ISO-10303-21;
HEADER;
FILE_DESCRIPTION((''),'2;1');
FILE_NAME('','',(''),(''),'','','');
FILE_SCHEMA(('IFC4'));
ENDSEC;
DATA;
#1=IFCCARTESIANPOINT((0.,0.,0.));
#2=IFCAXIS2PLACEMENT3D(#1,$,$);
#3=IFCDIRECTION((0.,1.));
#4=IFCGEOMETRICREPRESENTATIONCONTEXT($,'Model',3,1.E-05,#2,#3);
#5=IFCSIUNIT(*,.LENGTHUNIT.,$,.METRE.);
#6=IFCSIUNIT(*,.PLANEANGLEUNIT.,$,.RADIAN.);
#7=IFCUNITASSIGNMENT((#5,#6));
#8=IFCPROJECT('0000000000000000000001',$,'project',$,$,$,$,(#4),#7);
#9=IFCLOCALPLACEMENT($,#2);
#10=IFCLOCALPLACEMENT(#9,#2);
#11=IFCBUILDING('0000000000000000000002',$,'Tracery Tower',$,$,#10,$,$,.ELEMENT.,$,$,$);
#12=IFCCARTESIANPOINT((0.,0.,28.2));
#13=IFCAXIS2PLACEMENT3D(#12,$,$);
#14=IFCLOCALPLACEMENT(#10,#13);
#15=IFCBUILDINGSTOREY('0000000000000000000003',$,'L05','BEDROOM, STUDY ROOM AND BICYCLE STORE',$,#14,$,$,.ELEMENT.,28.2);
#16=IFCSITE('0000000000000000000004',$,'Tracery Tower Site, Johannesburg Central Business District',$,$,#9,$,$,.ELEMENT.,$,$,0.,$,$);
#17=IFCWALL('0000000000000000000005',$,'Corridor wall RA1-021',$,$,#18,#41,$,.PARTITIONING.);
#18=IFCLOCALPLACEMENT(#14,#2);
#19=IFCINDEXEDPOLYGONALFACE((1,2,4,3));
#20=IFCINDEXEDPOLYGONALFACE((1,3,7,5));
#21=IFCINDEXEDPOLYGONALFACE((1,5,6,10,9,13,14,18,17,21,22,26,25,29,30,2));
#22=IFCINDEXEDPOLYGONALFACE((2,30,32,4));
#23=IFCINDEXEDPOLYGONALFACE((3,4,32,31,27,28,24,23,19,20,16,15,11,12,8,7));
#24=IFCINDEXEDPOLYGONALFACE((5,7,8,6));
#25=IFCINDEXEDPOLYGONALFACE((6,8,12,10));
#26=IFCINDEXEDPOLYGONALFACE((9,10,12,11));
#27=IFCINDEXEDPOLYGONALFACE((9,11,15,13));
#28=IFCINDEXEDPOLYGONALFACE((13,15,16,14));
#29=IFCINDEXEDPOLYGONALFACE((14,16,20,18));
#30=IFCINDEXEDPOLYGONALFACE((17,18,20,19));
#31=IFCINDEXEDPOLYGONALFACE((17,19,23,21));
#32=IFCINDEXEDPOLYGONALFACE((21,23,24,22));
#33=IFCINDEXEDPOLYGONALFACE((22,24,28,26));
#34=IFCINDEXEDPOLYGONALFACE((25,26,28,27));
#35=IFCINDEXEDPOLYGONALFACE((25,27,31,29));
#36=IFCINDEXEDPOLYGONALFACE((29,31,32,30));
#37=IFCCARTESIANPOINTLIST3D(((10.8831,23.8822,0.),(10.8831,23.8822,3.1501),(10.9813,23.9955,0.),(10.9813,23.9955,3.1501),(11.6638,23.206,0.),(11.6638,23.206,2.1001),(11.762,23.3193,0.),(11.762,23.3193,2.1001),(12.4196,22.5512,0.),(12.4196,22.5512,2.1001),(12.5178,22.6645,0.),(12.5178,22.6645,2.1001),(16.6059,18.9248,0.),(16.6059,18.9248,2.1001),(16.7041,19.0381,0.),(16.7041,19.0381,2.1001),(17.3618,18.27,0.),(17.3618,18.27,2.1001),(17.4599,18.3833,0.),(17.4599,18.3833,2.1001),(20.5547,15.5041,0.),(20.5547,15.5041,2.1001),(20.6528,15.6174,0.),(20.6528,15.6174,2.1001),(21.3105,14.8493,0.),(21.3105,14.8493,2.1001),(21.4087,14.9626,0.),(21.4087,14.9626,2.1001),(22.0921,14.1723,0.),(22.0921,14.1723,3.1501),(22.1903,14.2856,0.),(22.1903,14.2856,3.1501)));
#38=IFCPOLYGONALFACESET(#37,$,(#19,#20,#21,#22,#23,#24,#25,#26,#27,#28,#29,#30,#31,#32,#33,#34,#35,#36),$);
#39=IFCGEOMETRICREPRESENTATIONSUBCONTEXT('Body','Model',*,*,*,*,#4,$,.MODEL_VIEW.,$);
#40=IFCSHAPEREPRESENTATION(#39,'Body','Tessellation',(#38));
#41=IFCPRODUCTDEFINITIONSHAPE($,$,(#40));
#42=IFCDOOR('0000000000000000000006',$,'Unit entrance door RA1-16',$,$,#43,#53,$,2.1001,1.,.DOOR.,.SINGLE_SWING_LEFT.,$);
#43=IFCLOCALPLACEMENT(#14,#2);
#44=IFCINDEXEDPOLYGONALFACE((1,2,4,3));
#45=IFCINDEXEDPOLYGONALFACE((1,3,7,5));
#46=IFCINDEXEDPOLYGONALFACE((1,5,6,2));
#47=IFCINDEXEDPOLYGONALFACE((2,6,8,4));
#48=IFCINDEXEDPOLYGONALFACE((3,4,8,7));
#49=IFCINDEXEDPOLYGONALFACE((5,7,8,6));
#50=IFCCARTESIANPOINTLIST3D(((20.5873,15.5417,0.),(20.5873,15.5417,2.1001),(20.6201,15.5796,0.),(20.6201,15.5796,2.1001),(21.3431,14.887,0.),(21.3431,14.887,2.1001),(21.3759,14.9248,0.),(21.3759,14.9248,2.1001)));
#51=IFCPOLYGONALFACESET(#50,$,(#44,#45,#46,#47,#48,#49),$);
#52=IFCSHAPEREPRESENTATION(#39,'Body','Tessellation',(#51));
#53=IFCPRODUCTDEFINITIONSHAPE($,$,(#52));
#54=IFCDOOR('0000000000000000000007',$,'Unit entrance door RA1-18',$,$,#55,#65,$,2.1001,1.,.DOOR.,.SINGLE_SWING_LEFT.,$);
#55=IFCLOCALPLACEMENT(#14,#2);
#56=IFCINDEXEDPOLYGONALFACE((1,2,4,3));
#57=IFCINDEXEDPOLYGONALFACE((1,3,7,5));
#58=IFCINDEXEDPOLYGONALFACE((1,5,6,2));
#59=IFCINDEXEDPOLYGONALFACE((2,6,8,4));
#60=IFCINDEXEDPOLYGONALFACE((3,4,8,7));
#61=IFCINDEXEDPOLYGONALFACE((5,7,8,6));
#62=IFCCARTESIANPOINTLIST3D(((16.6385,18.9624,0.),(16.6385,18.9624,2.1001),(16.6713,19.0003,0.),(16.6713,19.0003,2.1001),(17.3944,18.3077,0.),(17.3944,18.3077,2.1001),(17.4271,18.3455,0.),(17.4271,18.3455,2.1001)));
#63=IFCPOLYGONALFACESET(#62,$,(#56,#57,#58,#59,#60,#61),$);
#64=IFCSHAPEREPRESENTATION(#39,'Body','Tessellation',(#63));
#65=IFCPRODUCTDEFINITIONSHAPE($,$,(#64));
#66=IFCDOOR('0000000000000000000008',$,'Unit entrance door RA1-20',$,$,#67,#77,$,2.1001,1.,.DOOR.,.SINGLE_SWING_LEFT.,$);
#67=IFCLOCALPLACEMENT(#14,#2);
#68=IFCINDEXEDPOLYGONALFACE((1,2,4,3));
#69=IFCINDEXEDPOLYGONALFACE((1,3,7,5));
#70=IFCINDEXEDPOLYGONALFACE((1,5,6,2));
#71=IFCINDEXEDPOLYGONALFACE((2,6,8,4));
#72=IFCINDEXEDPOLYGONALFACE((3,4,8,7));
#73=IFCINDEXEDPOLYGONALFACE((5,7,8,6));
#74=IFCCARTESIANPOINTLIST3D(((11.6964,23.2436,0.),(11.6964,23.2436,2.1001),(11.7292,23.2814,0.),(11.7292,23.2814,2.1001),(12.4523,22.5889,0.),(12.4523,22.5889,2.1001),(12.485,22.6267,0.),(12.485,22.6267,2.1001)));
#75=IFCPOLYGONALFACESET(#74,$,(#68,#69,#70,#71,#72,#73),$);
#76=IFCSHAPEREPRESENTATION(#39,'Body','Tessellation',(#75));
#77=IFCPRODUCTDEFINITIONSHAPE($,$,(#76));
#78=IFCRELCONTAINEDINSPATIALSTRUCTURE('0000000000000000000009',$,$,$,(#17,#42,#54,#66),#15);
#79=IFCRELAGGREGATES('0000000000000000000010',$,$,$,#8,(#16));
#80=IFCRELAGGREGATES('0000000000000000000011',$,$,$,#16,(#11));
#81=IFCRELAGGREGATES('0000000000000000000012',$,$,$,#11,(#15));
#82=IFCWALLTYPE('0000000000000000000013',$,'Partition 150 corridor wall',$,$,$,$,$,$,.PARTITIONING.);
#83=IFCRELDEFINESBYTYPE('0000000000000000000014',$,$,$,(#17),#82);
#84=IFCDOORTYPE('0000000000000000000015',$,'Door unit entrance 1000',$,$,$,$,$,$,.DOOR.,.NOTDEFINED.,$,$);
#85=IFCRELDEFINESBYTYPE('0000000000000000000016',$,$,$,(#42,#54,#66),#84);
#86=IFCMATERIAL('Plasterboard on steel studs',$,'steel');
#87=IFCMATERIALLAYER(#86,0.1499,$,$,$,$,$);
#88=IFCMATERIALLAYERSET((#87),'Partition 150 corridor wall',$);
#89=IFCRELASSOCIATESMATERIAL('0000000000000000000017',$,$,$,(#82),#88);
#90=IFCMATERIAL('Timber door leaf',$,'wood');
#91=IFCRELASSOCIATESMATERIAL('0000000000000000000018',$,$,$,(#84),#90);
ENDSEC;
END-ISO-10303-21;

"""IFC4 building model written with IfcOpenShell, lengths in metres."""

from ifc_helpers import new_model, si_unit, direction, frame, frame_2d, origin, place, context, subcontext, project, spatial, rectangle, extrude, material, layer, layer_set, type_object, element, fill, save


model = new_model("IFC4")

# Units and contexts
model_context = context("Model", 3, precision=1e-05, world=origin(), true_north=direction((0.0, 1.0)))
body_context = subcontext(model_context, "Body", "Model", "MODEL_VIEW")
ifc_project = project(units=[si_unit("LENGTHUNIT", "METRE"), si_unit("PLANEANGLEUNIT", "RADIAN")], contexts=[model_context])

# Site, building, storey
site_placement = place(None, origin())
site = spatial("IfcSite", under=ifc_project, at=site_placement, Name="Tracery Tower Site, Johannesburg Central Business District", CompositionType="ELEMENT", RefElevation=0.0)
building_placement = place(site_placement, origin())
building = spatial("IfcBuilding", under=site, at=building_placement, Name="Tracery Tower", CompositionType="ELEMENT")
storey_placement = place(building_placement, frame((0.0, 0.0, 28.2)))
storey = spatial("IfcBuildingStorey", under=building, at=storey_placement, Name="L05", Description="BEDROOM, STUDY ROOM AND BICYCLE STORE", CompositionType="ELEMENT", Elevation=28.2)

# Wall, openings, doors
ifc_material_1 = material(Name="Plasterboard on steel studs", Category="steel")
ifc_layer_1 = layer(ifc_material_1, 0.1499)
ifc_layer_set_1 = layer_set([ifc_layer_1], Name="Partition 150 corridor wall")
wall_type_1 = type_object("IfcWallType", Name="Partition 150 corridor wall", PredefinedType="PARTITIONING", material=ifc_layer_set_1)
wall_1_placement = place(storey_placement, frame((10.9321, 23.939, 0.0), z_axis=(0.0, 0.0, 1.0), x_axis=(0.755839, -0.654758, 0.0)))
wall_1 = element("IfcWall", 1, at=wall_1_placement, inside=storey, type_object=wall_type_1, Name="Corridor wall RA1-021", PredefinedType="PARTITIONING", context=body_context, shape_type="SweptSolid", body=[
    extrude(rectangle(XDim=14.8298, YDim=0.1499, at=frame_2d((7.415, 0.0))), origin(), (0.0, 0.0, 1.0), 3.1501),
])
opening_1_placement = place(wall_1_placement, frame((12.7959, 0.0, 0.0)))
opening_1 = element("IfcOpeningElement", 2, at=opening_1_placement, cuts=wall_1, PredefinedType="OPENING", context=body_context, shape_type="SweptSolid", body=[
    extrude(rectangle(XDim=1.0, YDim=2.1001, at=frame_2d((0.5, 1.05))), frame((0.0, 0.075, 0.0), z_axis=(0.0, -1.0, 0.0), x_axis=(1.0, 0.0, 0.0)), (0.0, 0.0, 1.0), 0.1499),
])
opening_2_placement = place(wall_1_placement, frame((7.5715, 0.0, 0.0)))
opening_2 = element("IfcOpeningElement", 3, at=opening_2_placement, cuts=wall_1, PredefinedType="OPENING", context=body_context, shape_type="SweptSolid", body=[
    extrude(rectangle(XDim=1.0, YDim=2.1001, at=frame_2d((0.5, 1.05))), frame((0.0, 0.075, 0.0), z_axis=(0.0, -1.0, 0.0), x_axis=(1.0, 0.0, 0.0)), (0.0, 0.0, 1.0), 0.1499),
])
opening_3_placement = place(wall_1_placement, frame((1.033, 0.0, 0.0)))
opening_3 = element("IfcOpeningElement", 4, at=opening_3_placement, cuts=wall_1, PredefinedType="OPENING", context=body_context, shape_type="SweptSolid", body=[
    extrude(rectangle(XDim=1.0, YDim=2.1001, at=frame_2d((0.5, 1.05))), frame((0.0, 0.075, 0.0), z_axis=(0.0, -1.0, 0.0), x_axis=(1.0, 0.0, 0.0)), (0.0, 0.0, 1.0), 0.1499),
])
ifc_material_2 = material(Name="Timber door leaf", Category="wood")
door_type_1 = type_object("IfcDoorType", Name="Door unit entrance 1000", OperationType="NOTDEFINED", PredefinedType="DOOR", material=ifc_material_2)
door_1_placement = place(opening_1_placement, origin())
door_1 = element("IfcDoor", 5, at=door_1_placement, inside=storey, type_object=door_type_1, Name="Unit entrance door RA1-16", OperationType="SINGLE_SWING_LEFT", OverallHeight=2.1001, OverallWidth=1.0, PredefinedType="DOOR", context=body_context, shape_type="SweptSolid", body=[
    extrude(rectangle(XDim=1.0, YDim=2.1001, at=frame_2d((0.5, 1.05))), frame((0.0, 0.0249, 0.0), z_axis=(0.0, -1.0, 0.0), x_axis=(1.0, 0.0, 0.0)), (0.0, 0.0, 1.0), 0.05),
])
fill(opening_1, door_1)
door_2_placement = place(opening_2_placement, origin())
door_2 = element("IfcDoor", 6, at=door_2_placement, inside=storey, type_object=door_type_1, Name="Unit entrance door RA1-18", OperationType="SINGLE_SWING_LEFT", OverallHeight=2.1001, OverallWidth=1.0, PredefinedType="DOOR", context=body_context, shape_type="SweptSolid", body=[
    extrude(rectangle(XDim=1.0, YDim=2.1001, at=frame_2d((0.5, 1.05))), frame((0.0, 0.0249, 0.0), z_axis=(0.0, -1.0, 0.0), x_axis=(1.0, 0.0, 0.0)), (0.0, 0.0, 1.0), 0.05),
])
fill(opening_2, door_2)
door_3_placement = place(opening_3_placement, origin())
door_3 = element("IfcDoor", 7, at=door_3_placement, inside=storey, type_object=door_type_1, Name="Unit entrance door RA1-20", OperationType="SINGLE_SWING_LEFT", OverallHeight=2.1001, OverallWidth=1.0, PredefinedType="DOOR", context=body_context, shape_type="SweptSolid", body=[
    extrude(rectangle(XDim=1.0, YDim=2.1001, at=frame_2d((0.5, 1.05))), frame((0.0, 0.0249, 0.0), z_axis=(0.0, -1.0, 0.0), x_axis=(1.0, 0.0, 0.0)), (0.0, 0.0, 1.0), 0.05),
])
fill(opening_3, door_3)

save(model, "model.ifc")
